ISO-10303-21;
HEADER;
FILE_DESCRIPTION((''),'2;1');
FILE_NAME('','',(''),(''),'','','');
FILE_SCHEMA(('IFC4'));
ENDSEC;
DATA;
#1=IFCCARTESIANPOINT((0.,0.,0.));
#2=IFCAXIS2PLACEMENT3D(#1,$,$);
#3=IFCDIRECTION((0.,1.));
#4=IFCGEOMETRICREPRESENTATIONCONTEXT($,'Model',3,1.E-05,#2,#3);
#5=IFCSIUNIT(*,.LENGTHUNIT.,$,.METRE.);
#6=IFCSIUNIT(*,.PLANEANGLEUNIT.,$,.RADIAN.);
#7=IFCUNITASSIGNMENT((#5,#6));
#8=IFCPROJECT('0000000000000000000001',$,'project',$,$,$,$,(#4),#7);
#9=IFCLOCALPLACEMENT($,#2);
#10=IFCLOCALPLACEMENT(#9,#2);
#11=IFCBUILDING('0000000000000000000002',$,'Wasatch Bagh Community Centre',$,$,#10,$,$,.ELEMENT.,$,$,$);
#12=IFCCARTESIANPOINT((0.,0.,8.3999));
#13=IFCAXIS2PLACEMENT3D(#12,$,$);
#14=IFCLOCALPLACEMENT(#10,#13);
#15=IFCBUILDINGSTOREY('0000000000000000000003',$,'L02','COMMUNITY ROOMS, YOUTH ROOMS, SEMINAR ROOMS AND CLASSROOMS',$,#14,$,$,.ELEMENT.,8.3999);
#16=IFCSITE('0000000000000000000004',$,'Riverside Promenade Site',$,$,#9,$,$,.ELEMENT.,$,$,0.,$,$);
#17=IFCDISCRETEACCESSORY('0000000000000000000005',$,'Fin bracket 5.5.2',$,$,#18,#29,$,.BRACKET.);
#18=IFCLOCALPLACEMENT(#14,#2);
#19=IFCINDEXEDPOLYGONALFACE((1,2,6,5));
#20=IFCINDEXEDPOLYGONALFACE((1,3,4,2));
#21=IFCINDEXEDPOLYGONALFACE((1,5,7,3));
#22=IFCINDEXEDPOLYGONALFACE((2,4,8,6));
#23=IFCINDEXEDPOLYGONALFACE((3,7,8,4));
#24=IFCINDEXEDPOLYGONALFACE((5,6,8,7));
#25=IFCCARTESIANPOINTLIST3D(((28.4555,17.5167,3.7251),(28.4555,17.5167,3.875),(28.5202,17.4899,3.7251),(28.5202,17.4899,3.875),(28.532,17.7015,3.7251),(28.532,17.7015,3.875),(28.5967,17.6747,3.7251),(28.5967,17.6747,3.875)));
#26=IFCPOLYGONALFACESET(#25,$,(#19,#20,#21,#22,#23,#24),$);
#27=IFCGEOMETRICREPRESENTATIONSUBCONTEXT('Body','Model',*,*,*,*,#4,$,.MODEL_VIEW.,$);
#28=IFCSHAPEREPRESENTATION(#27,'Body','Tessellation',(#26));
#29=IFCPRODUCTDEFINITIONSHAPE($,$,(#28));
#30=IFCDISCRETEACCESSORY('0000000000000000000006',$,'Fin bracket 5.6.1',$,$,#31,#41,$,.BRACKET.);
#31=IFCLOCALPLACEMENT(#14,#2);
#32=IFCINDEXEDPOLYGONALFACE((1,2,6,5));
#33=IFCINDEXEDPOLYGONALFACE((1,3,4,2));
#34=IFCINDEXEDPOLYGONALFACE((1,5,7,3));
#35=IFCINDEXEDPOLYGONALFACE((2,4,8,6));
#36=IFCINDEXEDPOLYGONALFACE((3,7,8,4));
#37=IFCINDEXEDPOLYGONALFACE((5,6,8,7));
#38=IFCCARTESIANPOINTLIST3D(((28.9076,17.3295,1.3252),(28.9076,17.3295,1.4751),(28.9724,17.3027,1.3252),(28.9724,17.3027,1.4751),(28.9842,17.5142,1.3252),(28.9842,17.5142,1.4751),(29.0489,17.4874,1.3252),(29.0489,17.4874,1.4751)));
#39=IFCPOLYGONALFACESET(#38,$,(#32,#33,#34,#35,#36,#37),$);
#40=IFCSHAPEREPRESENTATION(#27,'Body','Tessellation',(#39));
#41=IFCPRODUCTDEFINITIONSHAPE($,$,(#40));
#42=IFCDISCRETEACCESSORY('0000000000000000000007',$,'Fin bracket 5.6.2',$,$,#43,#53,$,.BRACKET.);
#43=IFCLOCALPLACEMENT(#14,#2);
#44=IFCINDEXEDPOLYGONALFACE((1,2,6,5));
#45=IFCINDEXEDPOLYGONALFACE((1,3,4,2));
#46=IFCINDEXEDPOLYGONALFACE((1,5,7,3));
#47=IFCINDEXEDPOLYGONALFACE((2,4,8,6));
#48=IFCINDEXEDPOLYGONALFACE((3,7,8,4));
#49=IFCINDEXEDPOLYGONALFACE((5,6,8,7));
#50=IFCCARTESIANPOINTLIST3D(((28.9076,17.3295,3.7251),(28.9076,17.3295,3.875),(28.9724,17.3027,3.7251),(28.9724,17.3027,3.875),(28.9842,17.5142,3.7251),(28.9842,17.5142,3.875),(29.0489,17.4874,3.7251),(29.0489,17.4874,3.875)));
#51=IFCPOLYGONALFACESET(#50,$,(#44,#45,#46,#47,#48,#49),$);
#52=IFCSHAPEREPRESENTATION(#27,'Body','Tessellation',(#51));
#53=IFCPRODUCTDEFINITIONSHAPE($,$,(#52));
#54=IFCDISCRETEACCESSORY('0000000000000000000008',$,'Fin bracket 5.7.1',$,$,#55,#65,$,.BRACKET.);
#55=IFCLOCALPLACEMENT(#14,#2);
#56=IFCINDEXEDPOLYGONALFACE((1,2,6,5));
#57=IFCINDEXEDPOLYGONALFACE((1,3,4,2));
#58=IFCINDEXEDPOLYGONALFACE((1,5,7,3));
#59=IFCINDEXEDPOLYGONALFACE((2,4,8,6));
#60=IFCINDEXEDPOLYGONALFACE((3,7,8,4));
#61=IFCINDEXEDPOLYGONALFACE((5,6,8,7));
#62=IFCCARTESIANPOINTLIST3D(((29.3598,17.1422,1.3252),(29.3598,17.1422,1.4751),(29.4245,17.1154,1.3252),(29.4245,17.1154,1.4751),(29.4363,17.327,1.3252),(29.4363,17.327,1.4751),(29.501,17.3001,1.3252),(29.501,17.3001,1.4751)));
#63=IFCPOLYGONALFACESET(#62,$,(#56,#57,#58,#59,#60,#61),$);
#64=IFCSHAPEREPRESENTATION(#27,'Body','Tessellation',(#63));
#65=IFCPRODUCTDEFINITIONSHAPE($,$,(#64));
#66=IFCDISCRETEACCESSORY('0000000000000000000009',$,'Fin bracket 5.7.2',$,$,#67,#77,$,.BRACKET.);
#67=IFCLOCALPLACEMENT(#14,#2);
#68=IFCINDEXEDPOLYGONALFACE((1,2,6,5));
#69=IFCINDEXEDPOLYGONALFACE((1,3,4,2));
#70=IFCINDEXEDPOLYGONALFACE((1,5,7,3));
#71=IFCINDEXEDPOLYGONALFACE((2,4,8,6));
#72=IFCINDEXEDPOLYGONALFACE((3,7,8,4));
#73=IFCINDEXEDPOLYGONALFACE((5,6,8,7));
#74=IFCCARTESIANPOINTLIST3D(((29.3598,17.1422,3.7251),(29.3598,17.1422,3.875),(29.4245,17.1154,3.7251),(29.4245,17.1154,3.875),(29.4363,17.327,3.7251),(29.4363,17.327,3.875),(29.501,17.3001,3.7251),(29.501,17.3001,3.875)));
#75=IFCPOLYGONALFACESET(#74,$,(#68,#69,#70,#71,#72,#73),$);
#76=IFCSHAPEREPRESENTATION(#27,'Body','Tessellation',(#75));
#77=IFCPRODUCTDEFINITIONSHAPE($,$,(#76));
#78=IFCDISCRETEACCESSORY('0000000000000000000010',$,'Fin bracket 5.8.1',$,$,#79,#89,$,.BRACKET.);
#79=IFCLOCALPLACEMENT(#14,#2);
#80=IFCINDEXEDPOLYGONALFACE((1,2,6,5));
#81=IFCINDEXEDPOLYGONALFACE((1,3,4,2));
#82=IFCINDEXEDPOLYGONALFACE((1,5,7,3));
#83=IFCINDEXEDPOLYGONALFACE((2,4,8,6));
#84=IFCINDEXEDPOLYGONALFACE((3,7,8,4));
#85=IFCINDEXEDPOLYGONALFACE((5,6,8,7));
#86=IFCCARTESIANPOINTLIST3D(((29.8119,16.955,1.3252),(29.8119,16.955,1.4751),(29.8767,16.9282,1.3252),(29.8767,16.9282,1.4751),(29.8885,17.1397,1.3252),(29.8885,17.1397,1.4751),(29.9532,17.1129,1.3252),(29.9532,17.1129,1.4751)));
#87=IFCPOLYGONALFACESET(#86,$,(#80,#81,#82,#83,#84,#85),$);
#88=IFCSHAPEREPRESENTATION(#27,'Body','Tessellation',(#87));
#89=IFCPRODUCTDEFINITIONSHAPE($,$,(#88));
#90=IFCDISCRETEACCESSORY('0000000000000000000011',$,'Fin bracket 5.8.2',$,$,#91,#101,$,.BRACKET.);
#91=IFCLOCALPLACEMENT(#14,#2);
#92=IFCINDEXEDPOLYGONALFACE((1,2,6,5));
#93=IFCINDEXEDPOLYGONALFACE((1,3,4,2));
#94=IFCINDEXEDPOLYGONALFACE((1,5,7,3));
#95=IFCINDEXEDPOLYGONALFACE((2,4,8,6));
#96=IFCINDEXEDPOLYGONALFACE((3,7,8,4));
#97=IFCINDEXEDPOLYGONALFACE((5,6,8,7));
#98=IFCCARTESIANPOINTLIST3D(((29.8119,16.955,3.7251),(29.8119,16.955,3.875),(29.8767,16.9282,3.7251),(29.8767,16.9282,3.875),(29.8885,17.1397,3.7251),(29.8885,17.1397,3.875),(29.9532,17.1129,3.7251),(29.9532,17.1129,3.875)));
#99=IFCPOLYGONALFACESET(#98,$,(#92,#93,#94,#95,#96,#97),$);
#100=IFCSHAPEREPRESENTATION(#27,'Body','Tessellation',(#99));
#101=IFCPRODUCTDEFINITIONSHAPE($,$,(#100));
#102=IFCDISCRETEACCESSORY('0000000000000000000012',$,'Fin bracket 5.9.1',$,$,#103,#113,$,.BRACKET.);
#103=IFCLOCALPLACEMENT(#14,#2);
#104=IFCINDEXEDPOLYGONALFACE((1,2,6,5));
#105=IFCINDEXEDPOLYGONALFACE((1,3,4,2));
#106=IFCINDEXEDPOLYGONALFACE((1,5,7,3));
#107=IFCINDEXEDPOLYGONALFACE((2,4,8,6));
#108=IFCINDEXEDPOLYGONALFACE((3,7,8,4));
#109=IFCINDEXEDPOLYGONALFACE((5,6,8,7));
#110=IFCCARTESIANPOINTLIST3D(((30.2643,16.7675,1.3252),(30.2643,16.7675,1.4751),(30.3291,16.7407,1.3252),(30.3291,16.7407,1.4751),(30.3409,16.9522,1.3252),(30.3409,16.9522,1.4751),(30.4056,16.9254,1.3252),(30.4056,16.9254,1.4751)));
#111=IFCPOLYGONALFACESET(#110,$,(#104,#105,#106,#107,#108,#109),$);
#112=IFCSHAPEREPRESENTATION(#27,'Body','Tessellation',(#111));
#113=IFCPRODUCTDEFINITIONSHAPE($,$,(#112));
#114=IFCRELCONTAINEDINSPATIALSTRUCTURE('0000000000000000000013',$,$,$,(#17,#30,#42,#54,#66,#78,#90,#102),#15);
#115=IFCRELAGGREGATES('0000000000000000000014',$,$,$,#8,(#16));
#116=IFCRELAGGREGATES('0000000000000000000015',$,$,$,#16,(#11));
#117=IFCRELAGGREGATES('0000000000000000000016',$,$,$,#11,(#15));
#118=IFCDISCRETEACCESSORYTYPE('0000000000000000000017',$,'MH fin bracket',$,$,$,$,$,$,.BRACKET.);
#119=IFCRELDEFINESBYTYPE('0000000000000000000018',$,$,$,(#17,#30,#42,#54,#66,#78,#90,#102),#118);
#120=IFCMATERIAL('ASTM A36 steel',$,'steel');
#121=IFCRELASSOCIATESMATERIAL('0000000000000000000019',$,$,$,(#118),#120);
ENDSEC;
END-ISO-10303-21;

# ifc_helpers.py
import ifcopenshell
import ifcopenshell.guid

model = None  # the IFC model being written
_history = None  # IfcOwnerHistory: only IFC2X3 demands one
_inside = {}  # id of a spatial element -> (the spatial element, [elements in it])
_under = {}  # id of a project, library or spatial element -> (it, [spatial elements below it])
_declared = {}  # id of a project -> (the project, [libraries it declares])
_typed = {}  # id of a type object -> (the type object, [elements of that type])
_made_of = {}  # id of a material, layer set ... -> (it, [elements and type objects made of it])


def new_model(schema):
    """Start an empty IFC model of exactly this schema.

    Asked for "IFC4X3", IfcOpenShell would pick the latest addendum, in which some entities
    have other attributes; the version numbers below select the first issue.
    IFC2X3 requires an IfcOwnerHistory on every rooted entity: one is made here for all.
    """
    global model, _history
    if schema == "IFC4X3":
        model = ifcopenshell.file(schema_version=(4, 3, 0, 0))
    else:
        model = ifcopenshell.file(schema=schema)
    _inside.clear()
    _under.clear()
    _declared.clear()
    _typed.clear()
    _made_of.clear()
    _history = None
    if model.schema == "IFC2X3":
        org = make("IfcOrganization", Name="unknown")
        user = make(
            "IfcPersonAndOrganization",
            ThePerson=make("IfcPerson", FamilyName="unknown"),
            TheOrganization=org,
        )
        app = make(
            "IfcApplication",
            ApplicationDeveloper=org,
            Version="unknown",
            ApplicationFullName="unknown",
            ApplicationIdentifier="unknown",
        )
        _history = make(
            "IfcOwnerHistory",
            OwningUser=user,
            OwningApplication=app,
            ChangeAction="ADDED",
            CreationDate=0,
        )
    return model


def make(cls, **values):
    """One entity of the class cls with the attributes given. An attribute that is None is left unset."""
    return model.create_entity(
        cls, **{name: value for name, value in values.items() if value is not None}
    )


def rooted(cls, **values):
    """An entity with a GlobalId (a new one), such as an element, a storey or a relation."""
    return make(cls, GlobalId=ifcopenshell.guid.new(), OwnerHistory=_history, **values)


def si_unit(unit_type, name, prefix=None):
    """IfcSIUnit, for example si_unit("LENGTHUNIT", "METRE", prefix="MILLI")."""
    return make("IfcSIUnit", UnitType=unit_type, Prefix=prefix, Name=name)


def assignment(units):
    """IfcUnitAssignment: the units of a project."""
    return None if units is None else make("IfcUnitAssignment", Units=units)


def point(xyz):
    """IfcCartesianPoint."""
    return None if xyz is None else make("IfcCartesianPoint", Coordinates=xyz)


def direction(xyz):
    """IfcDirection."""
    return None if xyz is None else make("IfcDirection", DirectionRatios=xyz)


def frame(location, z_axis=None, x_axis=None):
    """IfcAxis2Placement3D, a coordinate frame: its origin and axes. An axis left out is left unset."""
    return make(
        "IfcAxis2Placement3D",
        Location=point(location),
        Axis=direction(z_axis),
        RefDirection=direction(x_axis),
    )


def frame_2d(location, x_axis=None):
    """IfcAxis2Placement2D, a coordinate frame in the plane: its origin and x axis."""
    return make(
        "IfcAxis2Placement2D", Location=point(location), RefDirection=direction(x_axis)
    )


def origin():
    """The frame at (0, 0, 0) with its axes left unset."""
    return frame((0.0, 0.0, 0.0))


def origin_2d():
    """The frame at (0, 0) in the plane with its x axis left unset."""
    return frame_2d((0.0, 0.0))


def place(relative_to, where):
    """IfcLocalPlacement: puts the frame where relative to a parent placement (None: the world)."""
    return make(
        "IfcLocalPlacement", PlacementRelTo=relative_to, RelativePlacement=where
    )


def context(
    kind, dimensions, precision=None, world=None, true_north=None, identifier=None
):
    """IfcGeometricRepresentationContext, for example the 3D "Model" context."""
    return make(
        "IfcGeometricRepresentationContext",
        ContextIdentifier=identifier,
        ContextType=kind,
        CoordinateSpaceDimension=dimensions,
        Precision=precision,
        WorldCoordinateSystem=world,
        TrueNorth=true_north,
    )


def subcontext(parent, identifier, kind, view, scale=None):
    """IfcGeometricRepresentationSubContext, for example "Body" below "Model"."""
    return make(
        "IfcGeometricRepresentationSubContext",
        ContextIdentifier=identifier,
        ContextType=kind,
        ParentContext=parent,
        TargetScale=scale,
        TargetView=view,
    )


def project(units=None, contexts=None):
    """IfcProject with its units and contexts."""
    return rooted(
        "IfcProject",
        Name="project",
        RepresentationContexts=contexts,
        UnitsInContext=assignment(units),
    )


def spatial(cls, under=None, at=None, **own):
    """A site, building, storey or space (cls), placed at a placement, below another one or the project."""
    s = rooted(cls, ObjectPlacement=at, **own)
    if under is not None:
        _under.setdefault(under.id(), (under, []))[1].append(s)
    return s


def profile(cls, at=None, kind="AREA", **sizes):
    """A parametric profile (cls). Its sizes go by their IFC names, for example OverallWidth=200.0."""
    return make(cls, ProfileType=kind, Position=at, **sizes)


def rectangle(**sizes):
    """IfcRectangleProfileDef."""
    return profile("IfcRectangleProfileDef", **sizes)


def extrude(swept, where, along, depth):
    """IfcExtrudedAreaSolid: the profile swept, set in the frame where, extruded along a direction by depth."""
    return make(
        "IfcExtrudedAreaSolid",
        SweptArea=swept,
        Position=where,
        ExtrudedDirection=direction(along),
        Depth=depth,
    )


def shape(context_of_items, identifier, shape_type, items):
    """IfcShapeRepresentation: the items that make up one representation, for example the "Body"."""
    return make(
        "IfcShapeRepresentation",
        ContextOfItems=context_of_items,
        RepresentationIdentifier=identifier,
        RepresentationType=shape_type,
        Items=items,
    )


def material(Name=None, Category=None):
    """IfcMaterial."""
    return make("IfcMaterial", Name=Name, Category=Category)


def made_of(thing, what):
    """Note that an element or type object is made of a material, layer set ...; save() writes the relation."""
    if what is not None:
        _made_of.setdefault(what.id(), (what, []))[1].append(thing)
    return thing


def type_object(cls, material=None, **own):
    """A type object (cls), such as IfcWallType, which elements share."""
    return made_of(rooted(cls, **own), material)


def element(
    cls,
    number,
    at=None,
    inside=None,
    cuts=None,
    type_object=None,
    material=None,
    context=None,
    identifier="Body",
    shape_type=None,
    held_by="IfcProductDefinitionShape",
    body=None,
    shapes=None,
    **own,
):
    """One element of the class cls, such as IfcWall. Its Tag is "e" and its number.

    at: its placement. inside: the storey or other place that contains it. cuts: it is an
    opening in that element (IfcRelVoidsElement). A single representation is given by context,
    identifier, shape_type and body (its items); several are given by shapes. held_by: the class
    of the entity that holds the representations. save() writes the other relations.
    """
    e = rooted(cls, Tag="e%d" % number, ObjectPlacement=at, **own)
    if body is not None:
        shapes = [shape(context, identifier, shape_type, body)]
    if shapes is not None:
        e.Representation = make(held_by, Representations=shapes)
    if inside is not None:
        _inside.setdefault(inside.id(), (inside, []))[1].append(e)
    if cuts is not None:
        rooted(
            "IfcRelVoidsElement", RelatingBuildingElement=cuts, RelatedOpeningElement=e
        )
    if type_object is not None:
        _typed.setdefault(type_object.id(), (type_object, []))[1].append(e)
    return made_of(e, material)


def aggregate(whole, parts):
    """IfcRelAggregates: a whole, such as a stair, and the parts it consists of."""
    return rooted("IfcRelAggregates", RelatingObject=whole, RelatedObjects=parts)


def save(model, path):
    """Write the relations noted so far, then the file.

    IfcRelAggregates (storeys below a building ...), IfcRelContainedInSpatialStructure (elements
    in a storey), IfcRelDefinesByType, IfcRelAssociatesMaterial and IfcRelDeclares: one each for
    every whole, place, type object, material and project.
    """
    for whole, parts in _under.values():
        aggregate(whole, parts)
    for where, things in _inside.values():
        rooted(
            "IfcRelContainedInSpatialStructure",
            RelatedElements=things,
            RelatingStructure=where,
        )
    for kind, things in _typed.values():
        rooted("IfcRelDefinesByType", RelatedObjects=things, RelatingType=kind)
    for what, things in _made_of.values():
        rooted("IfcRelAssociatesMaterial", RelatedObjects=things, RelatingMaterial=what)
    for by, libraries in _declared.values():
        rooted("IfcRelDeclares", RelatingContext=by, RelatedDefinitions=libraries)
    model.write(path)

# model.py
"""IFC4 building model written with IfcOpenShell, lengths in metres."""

from ifc_helpers import new_model, si_unit, direction, frame, origin, origin_2d, place, context, subcontext, project, spatial, rectangle, extrude, material, type_object, element, save


model = new_model("IFC4")

# Units and contexts
model_context = context("Model", 3, precision=1e-05, world=origin(), true_north=direction((0.0, 1.0)))
body_context = subcontext(model_context, "Body", "Model", "MODEL_VIEW")
ifc_project = project(units=[si_unit("LENGTHUNIT", "METRE"), si_unit("PLANEANGLEUNIT", "RADIAN")], contexts=[model_context])

# Site, building, storey
site_placement = place(None, origin())
site = spatial("IfcSite", under=ifc_project, at=site_placement, Name="Riverside Promenade Site", CompositionType="ELEMENT", RefElevation=0.0)
building_placement = place(site_placement, origin())
building = spatial("IfcBuilding", under=site, at=building_placement, Name="Wasatch Bagh Community Centre", CompositionType="ELEMENT")
storey_placement = place(building_placement, frame((0.0, 0.0, 8.3999)))
storey = spatial("IfcBuildingStorey", under=building, at=storey_placement, Name="L02", Description="COMMUNITY ROOMS, YOUTH ROOMS, SEMINAR ROOMS AND CLASSROOMS", CompositionType="ELEMENT", Elevation=8.3999)

# Discrete accessories
ifc_material_1 = material(Name="ASTM A36 steel", Category="steel")
discrete_accessory_type_1 = type_object("IfcDiscreteAccessoryType", Name="MH fin bracket", PredefinedType="BRACKET", material=ifc_material_1)
for number, where, z_axis, x_axis, name in (
    (1, (28.5261, 17.5957, 3.7251), (0.0, 0.0, 1.0), (0.92388, -0.382683, 0.0), "Fin bracket 5.5.2"),
    (2, (28.9783, 17.4084, 1.3252), (0.0, 0.0, 1.0), (0.92388, -0.382683, 0.0), "Fin bracket 5.6.1"),
    (3, (28.9783, 17.4084, 3.7251), (0.0, 0.0, 1.0), (0.92388, -0.382683, 0.0), "Fin bracket 5.6.2"),
    (4, (29.4304, 17.2212, 1.3252), (0.0, 0.0, 1.0), (0.92388, -0.382683, 0.0), "Fin bracket 5.7.1"),
    (5, (29.4304, 17.2212, 3.7251), (0.0, 0.0, 1.0), (0.92388, -0.382683, 0.0), "Fin bracket 5.7.2"),
    (6, (29.8826, 17.0339, 1.3252), (0.0, 0.0, 1.0), (0.92388, -0.382683, 0.0), "Fin bracket 5.8.1"),
    (7, (29.8826, 17.0339, 3.7251), (0.0, 0.0, 1.0), (0.92388, -0.382683, 0.0), "Fin bracket 5.8.2"),
    (8, (30.335, 16.8464, 1.3252), (0.0, 0.0, 1.0), (0.92388, -0.382683, 0.0), "Fin bracket 5.9.1"),
):
    element("IfcDiscreteAccessory", number, at=place(storey_placement, frame(where, z_axis=z_axis, x_axis=x_axis)), inside=storey, type_object=discrete_accessory_type_1, Name=name, PredefinedType="BRACKET", context=body_context, shape_type="SweptSolid", body=[
        extrude(rectangle(XDim=0.0701, YDim=0.2, at=origin_2d()), origin(), (0.0, 0.0, 1.0), 0.1499),
    ])

save(model, "model.ifc")
